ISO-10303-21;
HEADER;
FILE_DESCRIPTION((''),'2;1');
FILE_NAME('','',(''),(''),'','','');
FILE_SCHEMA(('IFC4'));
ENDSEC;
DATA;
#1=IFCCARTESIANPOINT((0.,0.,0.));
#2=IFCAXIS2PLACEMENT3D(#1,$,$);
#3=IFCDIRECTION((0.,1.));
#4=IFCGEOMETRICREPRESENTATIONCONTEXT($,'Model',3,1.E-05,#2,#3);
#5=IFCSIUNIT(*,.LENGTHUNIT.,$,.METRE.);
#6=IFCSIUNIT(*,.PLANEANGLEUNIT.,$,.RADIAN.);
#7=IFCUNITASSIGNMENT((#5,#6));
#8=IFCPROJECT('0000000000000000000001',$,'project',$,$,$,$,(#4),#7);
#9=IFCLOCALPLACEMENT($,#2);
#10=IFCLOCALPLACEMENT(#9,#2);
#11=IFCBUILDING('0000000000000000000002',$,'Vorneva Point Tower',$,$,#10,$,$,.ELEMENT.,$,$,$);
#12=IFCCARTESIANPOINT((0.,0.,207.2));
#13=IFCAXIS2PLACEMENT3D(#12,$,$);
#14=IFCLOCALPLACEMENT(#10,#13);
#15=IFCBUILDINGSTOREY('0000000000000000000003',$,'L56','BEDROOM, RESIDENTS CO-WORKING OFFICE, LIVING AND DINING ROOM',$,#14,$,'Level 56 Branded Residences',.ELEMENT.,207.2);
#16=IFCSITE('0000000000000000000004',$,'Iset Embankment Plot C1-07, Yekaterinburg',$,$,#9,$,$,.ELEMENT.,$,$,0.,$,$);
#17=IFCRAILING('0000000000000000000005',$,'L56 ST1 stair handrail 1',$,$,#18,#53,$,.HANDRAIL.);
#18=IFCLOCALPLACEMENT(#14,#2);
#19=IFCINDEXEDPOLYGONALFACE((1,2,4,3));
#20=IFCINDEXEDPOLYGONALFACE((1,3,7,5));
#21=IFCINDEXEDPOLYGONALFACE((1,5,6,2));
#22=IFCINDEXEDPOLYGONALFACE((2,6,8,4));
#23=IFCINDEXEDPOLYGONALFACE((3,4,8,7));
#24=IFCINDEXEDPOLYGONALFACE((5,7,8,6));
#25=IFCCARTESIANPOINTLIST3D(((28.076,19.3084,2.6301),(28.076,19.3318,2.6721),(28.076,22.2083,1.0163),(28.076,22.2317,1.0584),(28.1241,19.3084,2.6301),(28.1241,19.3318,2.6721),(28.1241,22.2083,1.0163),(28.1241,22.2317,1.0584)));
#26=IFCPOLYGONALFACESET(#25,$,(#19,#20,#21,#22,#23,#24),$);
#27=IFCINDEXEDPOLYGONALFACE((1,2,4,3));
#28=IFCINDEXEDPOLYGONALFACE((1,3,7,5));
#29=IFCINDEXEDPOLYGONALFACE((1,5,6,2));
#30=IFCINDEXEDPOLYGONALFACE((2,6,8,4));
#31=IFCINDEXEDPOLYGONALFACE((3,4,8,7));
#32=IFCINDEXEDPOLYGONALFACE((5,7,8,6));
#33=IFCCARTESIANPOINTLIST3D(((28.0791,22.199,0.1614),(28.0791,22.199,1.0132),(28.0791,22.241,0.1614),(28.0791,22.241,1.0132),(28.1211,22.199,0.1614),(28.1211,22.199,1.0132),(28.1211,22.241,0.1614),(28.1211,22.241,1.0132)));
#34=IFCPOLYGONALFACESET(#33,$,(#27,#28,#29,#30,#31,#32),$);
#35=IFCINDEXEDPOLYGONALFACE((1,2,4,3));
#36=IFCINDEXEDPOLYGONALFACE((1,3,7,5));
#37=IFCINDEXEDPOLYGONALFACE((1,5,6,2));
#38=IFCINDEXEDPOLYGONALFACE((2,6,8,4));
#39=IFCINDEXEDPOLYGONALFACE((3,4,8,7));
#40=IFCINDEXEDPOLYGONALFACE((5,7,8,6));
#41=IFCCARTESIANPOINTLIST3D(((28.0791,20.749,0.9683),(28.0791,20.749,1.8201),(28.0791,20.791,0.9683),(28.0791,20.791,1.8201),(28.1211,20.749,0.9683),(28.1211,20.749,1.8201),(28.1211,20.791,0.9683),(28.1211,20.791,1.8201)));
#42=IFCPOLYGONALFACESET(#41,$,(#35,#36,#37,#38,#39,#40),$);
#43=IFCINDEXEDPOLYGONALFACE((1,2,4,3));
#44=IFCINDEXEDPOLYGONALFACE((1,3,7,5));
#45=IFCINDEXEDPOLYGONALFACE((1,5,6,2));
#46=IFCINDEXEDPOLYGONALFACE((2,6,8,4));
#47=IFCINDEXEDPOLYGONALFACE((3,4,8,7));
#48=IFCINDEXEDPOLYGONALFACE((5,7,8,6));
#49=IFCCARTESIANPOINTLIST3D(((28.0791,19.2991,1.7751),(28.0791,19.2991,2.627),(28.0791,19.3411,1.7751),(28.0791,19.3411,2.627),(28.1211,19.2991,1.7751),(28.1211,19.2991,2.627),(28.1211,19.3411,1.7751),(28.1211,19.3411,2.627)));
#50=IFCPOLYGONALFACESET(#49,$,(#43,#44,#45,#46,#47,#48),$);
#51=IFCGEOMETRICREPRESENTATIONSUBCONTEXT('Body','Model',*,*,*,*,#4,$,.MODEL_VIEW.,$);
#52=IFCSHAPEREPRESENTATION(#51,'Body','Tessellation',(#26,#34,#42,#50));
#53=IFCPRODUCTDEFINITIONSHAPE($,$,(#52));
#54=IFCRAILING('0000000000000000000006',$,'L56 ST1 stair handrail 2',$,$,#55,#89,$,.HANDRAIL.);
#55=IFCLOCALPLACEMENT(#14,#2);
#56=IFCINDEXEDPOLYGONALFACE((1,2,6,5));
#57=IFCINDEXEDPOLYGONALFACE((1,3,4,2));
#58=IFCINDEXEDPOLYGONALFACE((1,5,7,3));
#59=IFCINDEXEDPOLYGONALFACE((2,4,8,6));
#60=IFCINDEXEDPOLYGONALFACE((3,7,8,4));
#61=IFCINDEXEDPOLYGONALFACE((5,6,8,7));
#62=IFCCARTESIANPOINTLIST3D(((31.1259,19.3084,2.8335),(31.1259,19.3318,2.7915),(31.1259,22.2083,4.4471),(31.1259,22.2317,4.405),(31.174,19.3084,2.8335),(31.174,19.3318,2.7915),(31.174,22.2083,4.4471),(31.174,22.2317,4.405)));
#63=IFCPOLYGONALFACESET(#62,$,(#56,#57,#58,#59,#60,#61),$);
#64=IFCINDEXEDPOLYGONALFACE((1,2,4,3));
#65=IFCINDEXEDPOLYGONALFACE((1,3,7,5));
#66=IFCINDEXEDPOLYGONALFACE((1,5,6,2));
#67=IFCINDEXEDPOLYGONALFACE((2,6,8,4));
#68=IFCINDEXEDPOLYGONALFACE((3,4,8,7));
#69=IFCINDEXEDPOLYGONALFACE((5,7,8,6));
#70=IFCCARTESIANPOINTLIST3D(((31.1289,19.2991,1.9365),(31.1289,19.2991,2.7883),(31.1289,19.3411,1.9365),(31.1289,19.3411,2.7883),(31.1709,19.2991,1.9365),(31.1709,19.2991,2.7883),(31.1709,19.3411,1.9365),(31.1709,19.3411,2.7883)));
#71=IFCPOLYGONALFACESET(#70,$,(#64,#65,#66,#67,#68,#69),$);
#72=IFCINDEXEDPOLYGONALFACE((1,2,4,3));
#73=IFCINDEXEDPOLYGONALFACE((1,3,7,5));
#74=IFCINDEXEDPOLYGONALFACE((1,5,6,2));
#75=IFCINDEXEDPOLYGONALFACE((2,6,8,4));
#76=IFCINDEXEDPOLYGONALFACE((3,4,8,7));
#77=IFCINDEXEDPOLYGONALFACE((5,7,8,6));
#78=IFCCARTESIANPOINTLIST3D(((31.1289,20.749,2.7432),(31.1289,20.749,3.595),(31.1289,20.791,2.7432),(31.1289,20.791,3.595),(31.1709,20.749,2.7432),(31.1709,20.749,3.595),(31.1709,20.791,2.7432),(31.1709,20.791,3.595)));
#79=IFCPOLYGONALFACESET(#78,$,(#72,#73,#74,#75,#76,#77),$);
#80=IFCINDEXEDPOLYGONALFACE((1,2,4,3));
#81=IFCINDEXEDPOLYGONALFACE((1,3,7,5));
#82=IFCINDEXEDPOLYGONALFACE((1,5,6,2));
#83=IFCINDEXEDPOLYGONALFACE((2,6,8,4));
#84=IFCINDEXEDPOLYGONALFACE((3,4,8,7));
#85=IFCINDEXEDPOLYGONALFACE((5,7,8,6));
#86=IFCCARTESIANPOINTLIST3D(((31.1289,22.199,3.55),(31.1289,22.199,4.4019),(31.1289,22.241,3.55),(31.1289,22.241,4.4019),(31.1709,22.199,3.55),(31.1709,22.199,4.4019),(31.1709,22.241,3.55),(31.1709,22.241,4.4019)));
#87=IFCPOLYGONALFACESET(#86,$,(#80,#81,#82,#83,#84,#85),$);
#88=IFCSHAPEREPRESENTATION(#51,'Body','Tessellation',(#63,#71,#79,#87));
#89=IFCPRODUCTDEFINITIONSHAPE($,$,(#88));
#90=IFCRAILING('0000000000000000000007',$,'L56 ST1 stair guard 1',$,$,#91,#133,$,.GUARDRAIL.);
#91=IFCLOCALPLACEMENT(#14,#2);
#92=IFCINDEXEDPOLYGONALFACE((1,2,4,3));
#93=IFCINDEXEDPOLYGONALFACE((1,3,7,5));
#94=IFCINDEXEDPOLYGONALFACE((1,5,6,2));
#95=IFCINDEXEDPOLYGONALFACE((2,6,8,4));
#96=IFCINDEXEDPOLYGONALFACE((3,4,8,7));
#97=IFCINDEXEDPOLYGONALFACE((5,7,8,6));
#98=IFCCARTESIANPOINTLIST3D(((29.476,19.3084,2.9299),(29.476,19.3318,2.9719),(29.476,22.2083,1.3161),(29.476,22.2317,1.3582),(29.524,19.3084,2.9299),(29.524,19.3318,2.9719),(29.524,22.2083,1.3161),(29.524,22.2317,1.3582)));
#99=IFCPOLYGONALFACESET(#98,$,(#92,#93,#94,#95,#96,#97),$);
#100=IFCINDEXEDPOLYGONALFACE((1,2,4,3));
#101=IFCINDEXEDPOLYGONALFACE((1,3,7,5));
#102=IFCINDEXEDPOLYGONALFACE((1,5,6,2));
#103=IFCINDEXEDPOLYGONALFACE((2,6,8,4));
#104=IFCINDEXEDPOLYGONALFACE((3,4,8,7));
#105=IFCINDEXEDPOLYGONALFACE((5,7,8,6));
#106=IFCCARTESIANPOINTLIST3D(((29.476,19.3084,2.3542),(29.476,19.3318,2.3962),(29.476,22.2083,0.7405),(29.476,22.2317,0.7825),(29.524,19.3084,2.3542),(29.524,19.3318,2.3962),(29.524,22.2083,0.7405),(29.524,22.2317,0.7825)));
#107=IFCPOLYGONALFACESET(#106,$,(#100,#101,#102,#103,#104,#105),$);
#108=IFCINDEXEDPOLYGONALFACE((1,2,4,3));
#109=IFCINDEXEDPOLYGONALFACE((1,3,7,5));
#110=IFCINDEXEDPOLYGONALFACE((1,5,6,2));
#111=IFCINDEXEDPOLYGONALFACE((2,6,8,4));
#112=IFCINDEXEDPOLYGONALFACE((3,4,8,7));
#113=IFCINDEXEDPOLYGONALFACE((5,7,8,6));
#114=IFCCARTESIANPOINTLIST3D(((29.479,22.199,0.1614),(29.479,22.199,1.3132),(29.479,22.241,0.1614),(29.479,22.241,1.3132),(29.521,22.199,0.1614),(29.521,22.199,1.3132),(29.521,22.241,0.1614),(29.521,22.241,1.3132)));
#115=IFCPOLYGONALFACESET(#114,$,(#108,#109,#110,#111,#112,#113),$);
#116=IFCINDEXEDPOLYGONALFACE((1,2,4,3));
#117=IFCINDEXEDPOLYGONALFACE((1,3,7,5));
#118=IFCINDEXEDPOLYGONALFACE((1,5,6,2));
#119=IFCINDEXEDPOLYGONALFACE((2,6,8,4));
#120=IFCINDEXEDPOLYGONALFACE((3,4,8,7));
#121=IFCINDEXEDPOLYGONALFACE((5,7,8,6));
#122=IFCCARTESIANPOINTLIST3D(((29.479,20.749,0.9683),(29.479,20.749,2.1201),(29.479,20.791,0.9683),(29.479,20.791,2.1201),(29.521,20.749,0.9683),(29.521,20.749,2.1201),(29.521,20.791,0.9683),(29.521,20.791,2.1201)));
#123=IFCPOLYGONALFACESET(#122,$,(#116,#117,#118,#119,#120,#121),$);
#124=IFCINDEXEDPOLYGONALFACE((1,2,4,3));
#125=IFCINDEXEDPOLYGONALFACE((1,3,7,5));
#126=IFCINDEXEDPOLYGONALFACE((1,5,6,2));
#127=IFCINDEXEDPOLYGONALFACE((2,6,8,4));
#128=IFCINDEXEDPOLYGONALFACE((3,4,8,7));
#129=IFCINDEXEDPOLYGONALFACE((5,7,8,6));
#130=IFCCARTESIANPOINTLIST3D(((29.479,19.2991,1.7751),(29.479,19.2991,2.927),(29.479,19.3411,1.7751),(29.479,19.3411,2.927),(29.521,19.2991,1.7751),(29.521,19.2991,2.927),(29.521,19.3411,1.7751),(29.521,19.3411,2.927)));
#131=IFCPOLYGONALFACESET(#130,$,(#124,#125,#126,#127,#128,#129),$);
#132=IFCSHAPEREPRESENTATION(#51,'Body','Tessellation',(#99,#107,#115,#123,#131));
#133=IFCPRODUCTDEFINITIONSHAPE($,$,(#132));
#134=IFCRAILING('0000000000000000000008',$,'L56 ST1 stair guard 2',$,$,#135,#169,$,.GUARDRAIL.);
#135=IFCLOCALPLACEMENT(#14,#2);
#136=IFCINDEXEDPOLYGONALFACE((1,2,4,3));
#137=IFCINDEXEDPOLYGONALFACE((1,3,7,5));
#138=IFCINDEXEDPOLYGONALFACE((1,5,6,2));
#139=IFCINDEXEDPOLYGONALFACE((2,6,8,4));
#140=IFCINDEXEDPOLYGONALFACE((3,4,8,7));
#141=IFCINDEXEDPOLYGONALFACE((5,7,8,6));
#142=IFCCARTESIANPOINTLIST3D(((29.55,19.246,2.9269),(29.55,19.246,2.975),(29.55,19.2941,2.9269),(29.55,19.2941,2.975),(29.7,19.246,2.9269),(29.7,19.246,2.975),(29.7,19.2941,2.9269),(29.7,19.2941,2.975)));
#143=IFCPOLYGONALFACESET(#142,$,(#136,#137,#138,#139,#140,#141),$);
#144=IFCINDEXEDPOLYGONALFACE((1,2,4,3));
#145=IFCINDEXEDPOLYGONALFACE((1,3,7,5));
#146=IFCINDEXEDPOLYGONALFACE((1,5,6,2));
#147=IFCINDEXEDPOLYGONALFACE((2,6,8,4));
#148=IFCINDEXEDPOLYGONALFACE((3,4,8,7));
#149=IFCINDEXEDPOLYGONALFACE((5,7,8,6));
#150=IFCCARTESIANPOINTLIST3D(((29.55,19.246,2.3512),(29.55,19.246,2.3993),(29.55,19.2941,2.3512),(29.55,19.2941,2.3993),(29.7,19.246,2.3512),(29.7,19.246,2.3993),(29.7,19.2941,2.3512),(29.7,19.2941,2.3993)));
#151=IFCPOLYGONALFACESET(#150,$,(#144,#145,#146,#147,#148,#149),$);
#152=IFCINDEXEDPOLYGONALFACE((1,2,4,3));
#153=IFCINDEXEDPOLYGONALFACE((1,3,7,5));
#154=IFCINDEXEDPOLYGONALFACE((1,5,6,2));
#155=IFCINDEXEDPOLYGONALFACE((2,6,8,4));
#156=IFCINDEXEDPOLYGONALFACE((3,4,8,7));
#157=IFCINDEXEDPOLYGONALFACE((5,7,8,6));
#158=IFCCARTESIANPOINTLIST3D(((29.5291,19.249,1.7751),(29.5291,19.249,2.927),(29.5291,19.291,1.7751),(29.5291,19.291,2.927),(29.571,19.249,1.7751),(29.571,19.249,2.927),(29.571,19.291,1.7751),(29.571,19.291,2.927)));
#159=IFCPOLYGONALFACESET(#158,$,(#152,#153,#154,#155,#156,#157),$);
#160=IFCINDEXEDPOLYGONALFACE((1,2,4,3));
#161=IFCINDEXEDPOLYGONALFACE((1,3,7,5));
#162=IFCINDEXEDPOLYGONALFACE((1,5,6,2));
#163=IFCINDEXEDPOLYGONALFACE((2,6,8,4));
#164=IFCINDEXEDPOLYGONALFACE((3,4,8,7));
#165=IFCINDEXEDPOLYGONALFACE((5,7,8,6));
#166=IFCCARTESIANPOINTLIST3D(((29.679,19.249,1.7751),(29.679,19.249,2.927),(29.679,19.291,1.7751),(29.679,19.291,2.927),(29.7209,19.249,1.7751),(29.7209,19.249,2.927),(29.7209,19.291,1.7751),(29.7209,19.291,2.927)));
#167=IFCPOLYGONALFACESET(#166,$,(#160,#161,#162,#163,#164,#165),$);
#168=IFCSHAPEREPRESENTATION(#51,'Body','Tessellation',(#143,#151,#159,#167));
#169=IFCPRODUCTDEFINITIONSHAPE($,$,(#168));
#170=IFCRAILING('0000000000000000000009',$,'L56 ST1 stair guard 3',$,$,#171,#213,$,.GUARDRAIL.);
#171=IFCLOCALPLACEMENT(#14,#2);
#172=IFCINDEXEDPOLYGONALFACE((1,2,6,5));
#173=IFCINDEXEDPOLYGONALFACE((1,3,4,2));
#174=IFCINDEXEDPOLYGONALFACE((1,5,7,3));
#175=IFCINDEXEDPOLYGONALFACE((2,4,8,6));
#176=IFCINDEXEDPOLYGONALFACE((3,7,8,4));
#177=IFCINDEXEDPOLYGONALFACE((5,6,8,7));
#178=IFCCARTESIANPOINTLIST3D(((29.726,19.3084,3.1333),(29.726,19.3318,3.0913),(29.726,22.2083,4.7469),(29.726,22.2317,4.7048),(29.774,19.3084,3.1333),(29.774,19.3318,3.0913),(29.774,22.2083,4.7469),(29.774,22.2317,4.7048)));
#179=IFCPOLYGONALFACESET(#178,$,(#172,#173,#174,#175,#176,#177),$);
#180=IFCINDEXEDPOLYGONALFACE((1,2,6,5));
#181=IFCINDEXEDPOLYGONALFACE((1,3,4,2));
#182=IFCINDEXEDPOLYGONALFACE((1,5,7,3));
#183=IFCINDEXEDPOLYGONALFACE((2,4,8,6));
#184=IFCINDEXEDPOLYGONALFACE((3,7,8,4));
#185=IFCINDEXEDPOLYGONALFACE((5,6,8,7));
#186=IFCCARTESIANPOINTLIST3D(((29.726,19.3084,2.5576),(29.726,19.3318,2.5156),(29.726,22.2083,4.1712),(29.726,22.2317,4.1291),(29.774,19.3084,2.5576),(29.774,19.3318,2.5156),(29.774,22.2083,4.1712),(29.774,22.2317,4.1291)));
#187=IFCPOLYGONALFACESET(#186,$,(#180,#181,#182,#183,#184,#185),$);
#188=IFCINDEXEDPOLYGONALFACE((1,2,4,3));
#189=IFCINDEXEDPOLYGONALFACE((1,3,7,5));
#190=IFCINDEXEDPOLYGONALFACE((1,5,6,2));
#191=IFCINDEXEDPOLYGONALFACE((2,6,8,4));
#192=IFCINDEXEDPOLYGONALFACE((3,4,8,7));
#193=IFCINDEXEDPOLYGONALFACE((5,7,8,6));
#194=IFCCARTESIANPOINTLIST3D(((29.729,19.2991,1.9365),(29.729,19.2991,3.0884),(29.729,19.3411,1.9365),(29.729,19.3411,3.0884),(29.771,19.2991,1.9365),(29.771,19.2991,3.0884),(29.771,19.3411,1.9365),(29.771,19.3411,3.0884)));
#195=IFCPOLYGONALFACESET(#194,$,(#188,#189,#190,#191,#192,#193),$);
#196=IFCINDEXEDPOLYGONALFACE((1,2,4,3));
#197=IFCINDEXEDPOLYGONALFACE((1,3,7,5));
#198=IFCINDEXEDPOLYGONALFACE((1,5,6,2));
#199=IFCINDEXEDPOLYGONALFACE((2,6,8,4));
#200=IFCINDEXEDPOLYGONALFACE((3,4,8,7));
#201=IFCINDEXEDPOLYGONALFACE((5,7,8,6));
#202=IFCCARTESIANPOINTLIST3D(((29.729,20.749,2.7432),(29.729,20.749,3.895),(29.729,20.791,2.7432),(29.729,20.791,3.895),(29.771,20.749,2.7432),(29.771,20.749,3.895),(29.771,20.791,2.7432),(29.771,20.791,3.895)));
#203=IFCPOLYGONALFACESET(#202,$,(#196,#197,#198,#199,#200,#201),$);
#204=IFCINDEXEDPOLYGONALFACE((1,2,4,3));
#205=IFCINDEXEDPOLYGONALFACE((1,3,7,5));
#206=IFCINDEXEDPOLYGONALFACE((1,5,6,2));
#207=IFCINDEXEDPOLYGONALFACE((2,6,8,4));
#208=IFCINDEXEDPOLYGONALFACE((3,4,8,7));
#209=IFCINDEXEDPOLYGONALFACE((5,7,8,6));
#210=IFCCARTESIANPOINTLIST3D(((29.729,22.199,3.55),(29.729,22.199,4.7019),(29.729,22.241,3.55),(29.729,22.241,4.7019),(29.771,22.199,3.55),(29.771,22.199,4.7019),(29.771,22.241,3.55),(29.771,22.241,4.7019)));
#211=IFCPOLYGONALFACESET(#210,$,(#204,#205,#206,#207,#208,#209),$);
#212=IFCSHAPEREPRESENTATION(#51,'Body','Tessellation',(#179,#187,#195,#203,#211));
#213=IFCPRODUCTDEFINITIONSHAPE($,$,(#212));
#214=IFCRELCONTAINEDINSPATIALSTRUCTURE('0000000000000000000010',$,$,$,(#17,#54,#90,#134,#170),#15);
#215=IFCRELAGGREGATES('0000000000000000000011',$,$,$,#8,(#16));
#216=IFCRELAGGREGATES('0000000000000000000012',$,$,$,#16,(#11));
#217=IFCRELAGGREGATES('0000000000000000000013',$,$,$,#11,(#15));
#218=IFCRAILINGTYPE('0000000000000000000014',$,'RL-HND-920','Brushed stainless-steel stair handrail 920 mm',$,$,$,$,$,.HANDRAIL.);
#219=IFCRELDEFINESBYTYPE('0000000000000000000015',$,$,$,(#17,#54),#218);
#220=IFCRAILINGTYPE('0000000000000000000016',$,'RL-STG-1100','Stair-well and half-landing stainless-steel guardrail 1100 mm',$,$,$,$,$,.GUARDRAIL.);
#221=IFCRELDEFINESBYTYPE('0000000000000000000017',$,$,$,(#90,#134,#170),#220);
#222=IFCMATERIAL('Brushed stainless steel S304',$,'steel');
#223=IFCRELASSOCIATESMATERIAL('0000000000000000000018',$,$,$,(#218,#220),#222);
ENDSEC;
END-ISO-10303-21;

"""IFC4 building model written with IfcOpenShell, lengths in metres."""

from ifc_helpers import new_model, si_unit, direction, frame, origin, origin_2d, place, context, subcontext, project, spatial, rectangle, extrude, material, type_object, element, save


model = new_model("IFC4")

# Units and contexts
model_context = context("Model", 3, precision=1e-05, world=origin(), true_north=direction((0.0, 1.0)))
body_context = subcontext(model_context, "Body", "Model", "MODEL_VIEW")
ifc_project = project(units=[si_unit("LENGTHUNIT", "METRE"), si_unit("PLANEANGLEUNIT", "RADIAN")], contexts=[model_context])

# Site, building, storey
site_placement = place(None, origin())
site = spatial("IfcSite", under=ifc_project, at=site_placement, Name="Iset Embankment Plot C1-07, Yekaterinburg", CompositionType="ELEMENT", RefElevation=0.0)
building_placement = place(site_placement, origin())
building = spatial("IfcBuilding", under=site, at=building_placement, Name="Vorneva Point Tower", CompositionType="ELEMENT")
storey_placement = place(building_placement, frame((0.0, 0.0, 207.2)))
storey = spatial("IfcBuildingStorey", under=building, at=storey_placement, Name="L56", Description="BEDROOM, RESIDENTS CO-WORKING OFFICE, LIVING AND DINING ROOM", LongName="Level 56 Branded Residences", CompositionType="ELEMENT", Elevation=207.2)

# Shared definitions
ifc_material_1 = material(Name="Brushed stainless steel S304", Category="steel")

# Railings
railing_type_1 = type_object("IfcRailingType", Name="RL-HND-920", Description="Brushed stainless-steel stair handrail 920 mm", PredefinedType="HANDRAIL", material=ifc_material_1)
railing_1_placement = place(storey_placement, frame((28.1001, 22.22, 0.1614)))
element("IfcRailing", 1, at=railing_1_placement, inside=storey, type_object=railing_type_1, Name="L56 ST1 stair handrail 1", PredefinedType="HANDRAIL", context=body_context, shape_type="SweptSolid", body=[
    extrude(rectangle(XDim=0.0481, YDim=0.0481, at=origin_2d()), frame((0.0, 0.0, 0.876), z_axis=(0.0, -0.87381, 0.486267), x_axis=(1.0, 0.0, 0.0)), (0.0, 0.0, 1.0), 3.3186),
    extrude(rectangle(XDim=0.042, YDim=0.042, at=origin_2d()), origin(), (0.0, 0.0, 1.0), 0.8518),
    extrude(rectangle(XDim=0.042, YDim=0.042, at=origin_2d()), frame((0.0, -1.45, 0.8069)), (0.0, 0.0, 1.0), 0.8518),
    extrude(rectangle(XDim=0.042, YDim=0.042, at=origin_2d()), frame((0.0, -2.8999, 1.6138)), (0.0, 0.0, 1.0), 0.8518),
])
railing_2_placement = place(storey_placement, frame((31.1499, 19.3201, 1.9365)))
element("IfcRailing", 2, at=railing_2_placement, inside=storey, type_object=railing_type_1, Name="L56 ST1 stair handrail 2", PredefinedType="HANDRAIL", context=body_context, shape_type="SweptSolid", body=[
    extrude(rectangle(XDim=0.0481, YDim=0.0481, at=origin_2d()), frame((0.0, 0.0, 0.876), z_axis=(0.0, 0.873841, 0.486211), x_axis=(-1.0, 0.0, 0.0)), (0.0, 0.0, 1.0), 3.3186),
    extrude(rectangle(XDim=0.042, YDim=0.042, at=origin_2d()), origin(), (0.0, 0.0, 1.0), 0.8518),
    extrude(rectangle(XDim=0.042, YDim=0.042, at=origin_2d()), frame((0.0, 1.45, 0.8066)), (0.0, 0.0, 1.0), 0.8518),
    extrude(rectangle(XDim=0.042, YDim=0.042, at=origin_2d()), frame((0.0, 2.8999, 1.6135)), (0.0, 0.0, 1.0), 0.8518),
])
railing_type_2 = type_object("IfcRailingType", Name="RL-STG-1100", Description="Stair-well and half-landing stainless-steel guardrail 1100 mm", PredefinedType="GUARDRAIL", material=ifc_material_1)
railing_3_placement = place(storey_placement, frame((29.5, 22.22, 0.1614)))
element("IfcRailing", 3, at=railing_3_placement, inside=storey, type_object=railing_type_2, Name="L56 ST1 stair guard 1", PredefinedType="GUARDRAIL", context=body_context, shape_type="SweptSolid", body=[
    extrude(rectangle(XDim=0.0481, YDim=0.0481, at=origin_2d()), frame((0.0, 0.0, 1.1758), z_axis=(0.0, -0.87381, 0.486267), x_axis=(1.0, 0.0, 0.0)), (0.0, 0.0, 1.0), 3.3186),
    extrude(rectangle(XDim=0.0481, YDim=0.0481, at=origin_2d()), frame((0.0, 0.0, 0.6001), z_axis=(0.0, -0.87381, 0.486267), x_axis=(1.0, 0.0, 0.0)), (0.0, 0.0, 1.0), 3.3186),
    extrude(rectangle(XDim=0.042, YDim=0.042, at=origin_2d()), origin(), (0.0, 0.0, 1.0), 1.1519),
    extrude(rectangle(XDim=0.042, YDim=0.042, at=origin_2d()), frame((0.0, -1.45, 0.8069)), (0.0, 0.0, 1.0), 1.1519),
    extrude(rectangle(XDim=0.042, YDim=0.042, at=origin_2d()), frame((0.0, -2.8999, 1.6138)), (0.0, 0.0, 1.0), 1.1519),
])
railing_4_placement = place(storey_placement, frame((29.55, 19.27, 1.7751)))
element("IfcRailing", 4, at=railing_4_placement, inside=storey, type_object=railing_type_2, Name="L56 ST1 stair guard 2", PredefinedType="GUARDRAIL", context=body_context, shape_type="SweptSolid", body=[
    extrude(rectangle(XDim=0.0481, YDim=0.0481, at=origin_2d()), frame((0.0, 0.0, 1.1758), z_axis=(1.0, 0.0, 0.0), x_axis=(0.0, 1.0, 0.0)), (0.0, 0.0, 1.0), 0.1499),
    extrude(rectangle(XDim=0.0481, YDim=0.0481, at=origin_2d()), frame((0.0, 0.0, 0.6001), z_axis=(1.0, 0.0, 0.0), x_axis=(0.0, 1.0, 0.0)), (0.0, 0.0, 1.0), 0.1499),
    extrude(rectangle(XDim=0.042, YDim=0.042, at=origin_2d()), origin(), (0.0, 0.0, 1.0), 1.1519),
    extrude(rectangle(XDim=0.042, YDim=0.042, at=origin_2d()), frame((0.1499, 0.0, 0.0)), (0.0, 0.0, 1.0), 1.1519),
])
railing_5_placement = place(storey_placement, frame((29.75, 19.3201, 1.9365)))
element("IfcRailing", 5, at=railing_5_placement, inside=storey, type_object=railing_type_2, Name="L56 ST1 stair guard 3", PredefinedType="GUARDRAIL", context=body_context, shape_type="SweptSolid", body=[
    extrude(rectangle(XDim=0.0481, YDim=0.0481, at=origin_2d()), frame((0.0, 0.0, 1.1758), z_axis=(0.0, 0.873841, 0.486211), x_axis=(-1.0, 0.0, 0.0)), (0.0, 0.0, 1.0), 3.3186),
    extrude(rectangle(XDim=0.0481, YDim=0.0481, at=origin_2d()), frame((0.0, 0.0, 0.6001), z_axis=(0.0, 0.873841, 0.486211), x_axis=(-1.0, 0.0, 0.0)), (0.0, 0.0, 1.0), 3.3186),
    extrude(rectangle(XDim=0.042, YDim=0.042, at=origin_2d()), origin(), (0.0, 0.0, 1.0), 1.1519),
    extrude(rectangle(XDim=0.042, YDim=0.042, at=origin_2d()), frame((0.0, 1.45, 0.8066)), (0.0, 0.0, 1.0), 1.1519),
    extrude(rectangle(XDim=0.042, YDim=0.042, at=origin_2d()), frame((0.0, 2.8999, 1.6135)), (0.0, 0.0, 1.0), 1.1519),
])

save(model, "model.ifc")
